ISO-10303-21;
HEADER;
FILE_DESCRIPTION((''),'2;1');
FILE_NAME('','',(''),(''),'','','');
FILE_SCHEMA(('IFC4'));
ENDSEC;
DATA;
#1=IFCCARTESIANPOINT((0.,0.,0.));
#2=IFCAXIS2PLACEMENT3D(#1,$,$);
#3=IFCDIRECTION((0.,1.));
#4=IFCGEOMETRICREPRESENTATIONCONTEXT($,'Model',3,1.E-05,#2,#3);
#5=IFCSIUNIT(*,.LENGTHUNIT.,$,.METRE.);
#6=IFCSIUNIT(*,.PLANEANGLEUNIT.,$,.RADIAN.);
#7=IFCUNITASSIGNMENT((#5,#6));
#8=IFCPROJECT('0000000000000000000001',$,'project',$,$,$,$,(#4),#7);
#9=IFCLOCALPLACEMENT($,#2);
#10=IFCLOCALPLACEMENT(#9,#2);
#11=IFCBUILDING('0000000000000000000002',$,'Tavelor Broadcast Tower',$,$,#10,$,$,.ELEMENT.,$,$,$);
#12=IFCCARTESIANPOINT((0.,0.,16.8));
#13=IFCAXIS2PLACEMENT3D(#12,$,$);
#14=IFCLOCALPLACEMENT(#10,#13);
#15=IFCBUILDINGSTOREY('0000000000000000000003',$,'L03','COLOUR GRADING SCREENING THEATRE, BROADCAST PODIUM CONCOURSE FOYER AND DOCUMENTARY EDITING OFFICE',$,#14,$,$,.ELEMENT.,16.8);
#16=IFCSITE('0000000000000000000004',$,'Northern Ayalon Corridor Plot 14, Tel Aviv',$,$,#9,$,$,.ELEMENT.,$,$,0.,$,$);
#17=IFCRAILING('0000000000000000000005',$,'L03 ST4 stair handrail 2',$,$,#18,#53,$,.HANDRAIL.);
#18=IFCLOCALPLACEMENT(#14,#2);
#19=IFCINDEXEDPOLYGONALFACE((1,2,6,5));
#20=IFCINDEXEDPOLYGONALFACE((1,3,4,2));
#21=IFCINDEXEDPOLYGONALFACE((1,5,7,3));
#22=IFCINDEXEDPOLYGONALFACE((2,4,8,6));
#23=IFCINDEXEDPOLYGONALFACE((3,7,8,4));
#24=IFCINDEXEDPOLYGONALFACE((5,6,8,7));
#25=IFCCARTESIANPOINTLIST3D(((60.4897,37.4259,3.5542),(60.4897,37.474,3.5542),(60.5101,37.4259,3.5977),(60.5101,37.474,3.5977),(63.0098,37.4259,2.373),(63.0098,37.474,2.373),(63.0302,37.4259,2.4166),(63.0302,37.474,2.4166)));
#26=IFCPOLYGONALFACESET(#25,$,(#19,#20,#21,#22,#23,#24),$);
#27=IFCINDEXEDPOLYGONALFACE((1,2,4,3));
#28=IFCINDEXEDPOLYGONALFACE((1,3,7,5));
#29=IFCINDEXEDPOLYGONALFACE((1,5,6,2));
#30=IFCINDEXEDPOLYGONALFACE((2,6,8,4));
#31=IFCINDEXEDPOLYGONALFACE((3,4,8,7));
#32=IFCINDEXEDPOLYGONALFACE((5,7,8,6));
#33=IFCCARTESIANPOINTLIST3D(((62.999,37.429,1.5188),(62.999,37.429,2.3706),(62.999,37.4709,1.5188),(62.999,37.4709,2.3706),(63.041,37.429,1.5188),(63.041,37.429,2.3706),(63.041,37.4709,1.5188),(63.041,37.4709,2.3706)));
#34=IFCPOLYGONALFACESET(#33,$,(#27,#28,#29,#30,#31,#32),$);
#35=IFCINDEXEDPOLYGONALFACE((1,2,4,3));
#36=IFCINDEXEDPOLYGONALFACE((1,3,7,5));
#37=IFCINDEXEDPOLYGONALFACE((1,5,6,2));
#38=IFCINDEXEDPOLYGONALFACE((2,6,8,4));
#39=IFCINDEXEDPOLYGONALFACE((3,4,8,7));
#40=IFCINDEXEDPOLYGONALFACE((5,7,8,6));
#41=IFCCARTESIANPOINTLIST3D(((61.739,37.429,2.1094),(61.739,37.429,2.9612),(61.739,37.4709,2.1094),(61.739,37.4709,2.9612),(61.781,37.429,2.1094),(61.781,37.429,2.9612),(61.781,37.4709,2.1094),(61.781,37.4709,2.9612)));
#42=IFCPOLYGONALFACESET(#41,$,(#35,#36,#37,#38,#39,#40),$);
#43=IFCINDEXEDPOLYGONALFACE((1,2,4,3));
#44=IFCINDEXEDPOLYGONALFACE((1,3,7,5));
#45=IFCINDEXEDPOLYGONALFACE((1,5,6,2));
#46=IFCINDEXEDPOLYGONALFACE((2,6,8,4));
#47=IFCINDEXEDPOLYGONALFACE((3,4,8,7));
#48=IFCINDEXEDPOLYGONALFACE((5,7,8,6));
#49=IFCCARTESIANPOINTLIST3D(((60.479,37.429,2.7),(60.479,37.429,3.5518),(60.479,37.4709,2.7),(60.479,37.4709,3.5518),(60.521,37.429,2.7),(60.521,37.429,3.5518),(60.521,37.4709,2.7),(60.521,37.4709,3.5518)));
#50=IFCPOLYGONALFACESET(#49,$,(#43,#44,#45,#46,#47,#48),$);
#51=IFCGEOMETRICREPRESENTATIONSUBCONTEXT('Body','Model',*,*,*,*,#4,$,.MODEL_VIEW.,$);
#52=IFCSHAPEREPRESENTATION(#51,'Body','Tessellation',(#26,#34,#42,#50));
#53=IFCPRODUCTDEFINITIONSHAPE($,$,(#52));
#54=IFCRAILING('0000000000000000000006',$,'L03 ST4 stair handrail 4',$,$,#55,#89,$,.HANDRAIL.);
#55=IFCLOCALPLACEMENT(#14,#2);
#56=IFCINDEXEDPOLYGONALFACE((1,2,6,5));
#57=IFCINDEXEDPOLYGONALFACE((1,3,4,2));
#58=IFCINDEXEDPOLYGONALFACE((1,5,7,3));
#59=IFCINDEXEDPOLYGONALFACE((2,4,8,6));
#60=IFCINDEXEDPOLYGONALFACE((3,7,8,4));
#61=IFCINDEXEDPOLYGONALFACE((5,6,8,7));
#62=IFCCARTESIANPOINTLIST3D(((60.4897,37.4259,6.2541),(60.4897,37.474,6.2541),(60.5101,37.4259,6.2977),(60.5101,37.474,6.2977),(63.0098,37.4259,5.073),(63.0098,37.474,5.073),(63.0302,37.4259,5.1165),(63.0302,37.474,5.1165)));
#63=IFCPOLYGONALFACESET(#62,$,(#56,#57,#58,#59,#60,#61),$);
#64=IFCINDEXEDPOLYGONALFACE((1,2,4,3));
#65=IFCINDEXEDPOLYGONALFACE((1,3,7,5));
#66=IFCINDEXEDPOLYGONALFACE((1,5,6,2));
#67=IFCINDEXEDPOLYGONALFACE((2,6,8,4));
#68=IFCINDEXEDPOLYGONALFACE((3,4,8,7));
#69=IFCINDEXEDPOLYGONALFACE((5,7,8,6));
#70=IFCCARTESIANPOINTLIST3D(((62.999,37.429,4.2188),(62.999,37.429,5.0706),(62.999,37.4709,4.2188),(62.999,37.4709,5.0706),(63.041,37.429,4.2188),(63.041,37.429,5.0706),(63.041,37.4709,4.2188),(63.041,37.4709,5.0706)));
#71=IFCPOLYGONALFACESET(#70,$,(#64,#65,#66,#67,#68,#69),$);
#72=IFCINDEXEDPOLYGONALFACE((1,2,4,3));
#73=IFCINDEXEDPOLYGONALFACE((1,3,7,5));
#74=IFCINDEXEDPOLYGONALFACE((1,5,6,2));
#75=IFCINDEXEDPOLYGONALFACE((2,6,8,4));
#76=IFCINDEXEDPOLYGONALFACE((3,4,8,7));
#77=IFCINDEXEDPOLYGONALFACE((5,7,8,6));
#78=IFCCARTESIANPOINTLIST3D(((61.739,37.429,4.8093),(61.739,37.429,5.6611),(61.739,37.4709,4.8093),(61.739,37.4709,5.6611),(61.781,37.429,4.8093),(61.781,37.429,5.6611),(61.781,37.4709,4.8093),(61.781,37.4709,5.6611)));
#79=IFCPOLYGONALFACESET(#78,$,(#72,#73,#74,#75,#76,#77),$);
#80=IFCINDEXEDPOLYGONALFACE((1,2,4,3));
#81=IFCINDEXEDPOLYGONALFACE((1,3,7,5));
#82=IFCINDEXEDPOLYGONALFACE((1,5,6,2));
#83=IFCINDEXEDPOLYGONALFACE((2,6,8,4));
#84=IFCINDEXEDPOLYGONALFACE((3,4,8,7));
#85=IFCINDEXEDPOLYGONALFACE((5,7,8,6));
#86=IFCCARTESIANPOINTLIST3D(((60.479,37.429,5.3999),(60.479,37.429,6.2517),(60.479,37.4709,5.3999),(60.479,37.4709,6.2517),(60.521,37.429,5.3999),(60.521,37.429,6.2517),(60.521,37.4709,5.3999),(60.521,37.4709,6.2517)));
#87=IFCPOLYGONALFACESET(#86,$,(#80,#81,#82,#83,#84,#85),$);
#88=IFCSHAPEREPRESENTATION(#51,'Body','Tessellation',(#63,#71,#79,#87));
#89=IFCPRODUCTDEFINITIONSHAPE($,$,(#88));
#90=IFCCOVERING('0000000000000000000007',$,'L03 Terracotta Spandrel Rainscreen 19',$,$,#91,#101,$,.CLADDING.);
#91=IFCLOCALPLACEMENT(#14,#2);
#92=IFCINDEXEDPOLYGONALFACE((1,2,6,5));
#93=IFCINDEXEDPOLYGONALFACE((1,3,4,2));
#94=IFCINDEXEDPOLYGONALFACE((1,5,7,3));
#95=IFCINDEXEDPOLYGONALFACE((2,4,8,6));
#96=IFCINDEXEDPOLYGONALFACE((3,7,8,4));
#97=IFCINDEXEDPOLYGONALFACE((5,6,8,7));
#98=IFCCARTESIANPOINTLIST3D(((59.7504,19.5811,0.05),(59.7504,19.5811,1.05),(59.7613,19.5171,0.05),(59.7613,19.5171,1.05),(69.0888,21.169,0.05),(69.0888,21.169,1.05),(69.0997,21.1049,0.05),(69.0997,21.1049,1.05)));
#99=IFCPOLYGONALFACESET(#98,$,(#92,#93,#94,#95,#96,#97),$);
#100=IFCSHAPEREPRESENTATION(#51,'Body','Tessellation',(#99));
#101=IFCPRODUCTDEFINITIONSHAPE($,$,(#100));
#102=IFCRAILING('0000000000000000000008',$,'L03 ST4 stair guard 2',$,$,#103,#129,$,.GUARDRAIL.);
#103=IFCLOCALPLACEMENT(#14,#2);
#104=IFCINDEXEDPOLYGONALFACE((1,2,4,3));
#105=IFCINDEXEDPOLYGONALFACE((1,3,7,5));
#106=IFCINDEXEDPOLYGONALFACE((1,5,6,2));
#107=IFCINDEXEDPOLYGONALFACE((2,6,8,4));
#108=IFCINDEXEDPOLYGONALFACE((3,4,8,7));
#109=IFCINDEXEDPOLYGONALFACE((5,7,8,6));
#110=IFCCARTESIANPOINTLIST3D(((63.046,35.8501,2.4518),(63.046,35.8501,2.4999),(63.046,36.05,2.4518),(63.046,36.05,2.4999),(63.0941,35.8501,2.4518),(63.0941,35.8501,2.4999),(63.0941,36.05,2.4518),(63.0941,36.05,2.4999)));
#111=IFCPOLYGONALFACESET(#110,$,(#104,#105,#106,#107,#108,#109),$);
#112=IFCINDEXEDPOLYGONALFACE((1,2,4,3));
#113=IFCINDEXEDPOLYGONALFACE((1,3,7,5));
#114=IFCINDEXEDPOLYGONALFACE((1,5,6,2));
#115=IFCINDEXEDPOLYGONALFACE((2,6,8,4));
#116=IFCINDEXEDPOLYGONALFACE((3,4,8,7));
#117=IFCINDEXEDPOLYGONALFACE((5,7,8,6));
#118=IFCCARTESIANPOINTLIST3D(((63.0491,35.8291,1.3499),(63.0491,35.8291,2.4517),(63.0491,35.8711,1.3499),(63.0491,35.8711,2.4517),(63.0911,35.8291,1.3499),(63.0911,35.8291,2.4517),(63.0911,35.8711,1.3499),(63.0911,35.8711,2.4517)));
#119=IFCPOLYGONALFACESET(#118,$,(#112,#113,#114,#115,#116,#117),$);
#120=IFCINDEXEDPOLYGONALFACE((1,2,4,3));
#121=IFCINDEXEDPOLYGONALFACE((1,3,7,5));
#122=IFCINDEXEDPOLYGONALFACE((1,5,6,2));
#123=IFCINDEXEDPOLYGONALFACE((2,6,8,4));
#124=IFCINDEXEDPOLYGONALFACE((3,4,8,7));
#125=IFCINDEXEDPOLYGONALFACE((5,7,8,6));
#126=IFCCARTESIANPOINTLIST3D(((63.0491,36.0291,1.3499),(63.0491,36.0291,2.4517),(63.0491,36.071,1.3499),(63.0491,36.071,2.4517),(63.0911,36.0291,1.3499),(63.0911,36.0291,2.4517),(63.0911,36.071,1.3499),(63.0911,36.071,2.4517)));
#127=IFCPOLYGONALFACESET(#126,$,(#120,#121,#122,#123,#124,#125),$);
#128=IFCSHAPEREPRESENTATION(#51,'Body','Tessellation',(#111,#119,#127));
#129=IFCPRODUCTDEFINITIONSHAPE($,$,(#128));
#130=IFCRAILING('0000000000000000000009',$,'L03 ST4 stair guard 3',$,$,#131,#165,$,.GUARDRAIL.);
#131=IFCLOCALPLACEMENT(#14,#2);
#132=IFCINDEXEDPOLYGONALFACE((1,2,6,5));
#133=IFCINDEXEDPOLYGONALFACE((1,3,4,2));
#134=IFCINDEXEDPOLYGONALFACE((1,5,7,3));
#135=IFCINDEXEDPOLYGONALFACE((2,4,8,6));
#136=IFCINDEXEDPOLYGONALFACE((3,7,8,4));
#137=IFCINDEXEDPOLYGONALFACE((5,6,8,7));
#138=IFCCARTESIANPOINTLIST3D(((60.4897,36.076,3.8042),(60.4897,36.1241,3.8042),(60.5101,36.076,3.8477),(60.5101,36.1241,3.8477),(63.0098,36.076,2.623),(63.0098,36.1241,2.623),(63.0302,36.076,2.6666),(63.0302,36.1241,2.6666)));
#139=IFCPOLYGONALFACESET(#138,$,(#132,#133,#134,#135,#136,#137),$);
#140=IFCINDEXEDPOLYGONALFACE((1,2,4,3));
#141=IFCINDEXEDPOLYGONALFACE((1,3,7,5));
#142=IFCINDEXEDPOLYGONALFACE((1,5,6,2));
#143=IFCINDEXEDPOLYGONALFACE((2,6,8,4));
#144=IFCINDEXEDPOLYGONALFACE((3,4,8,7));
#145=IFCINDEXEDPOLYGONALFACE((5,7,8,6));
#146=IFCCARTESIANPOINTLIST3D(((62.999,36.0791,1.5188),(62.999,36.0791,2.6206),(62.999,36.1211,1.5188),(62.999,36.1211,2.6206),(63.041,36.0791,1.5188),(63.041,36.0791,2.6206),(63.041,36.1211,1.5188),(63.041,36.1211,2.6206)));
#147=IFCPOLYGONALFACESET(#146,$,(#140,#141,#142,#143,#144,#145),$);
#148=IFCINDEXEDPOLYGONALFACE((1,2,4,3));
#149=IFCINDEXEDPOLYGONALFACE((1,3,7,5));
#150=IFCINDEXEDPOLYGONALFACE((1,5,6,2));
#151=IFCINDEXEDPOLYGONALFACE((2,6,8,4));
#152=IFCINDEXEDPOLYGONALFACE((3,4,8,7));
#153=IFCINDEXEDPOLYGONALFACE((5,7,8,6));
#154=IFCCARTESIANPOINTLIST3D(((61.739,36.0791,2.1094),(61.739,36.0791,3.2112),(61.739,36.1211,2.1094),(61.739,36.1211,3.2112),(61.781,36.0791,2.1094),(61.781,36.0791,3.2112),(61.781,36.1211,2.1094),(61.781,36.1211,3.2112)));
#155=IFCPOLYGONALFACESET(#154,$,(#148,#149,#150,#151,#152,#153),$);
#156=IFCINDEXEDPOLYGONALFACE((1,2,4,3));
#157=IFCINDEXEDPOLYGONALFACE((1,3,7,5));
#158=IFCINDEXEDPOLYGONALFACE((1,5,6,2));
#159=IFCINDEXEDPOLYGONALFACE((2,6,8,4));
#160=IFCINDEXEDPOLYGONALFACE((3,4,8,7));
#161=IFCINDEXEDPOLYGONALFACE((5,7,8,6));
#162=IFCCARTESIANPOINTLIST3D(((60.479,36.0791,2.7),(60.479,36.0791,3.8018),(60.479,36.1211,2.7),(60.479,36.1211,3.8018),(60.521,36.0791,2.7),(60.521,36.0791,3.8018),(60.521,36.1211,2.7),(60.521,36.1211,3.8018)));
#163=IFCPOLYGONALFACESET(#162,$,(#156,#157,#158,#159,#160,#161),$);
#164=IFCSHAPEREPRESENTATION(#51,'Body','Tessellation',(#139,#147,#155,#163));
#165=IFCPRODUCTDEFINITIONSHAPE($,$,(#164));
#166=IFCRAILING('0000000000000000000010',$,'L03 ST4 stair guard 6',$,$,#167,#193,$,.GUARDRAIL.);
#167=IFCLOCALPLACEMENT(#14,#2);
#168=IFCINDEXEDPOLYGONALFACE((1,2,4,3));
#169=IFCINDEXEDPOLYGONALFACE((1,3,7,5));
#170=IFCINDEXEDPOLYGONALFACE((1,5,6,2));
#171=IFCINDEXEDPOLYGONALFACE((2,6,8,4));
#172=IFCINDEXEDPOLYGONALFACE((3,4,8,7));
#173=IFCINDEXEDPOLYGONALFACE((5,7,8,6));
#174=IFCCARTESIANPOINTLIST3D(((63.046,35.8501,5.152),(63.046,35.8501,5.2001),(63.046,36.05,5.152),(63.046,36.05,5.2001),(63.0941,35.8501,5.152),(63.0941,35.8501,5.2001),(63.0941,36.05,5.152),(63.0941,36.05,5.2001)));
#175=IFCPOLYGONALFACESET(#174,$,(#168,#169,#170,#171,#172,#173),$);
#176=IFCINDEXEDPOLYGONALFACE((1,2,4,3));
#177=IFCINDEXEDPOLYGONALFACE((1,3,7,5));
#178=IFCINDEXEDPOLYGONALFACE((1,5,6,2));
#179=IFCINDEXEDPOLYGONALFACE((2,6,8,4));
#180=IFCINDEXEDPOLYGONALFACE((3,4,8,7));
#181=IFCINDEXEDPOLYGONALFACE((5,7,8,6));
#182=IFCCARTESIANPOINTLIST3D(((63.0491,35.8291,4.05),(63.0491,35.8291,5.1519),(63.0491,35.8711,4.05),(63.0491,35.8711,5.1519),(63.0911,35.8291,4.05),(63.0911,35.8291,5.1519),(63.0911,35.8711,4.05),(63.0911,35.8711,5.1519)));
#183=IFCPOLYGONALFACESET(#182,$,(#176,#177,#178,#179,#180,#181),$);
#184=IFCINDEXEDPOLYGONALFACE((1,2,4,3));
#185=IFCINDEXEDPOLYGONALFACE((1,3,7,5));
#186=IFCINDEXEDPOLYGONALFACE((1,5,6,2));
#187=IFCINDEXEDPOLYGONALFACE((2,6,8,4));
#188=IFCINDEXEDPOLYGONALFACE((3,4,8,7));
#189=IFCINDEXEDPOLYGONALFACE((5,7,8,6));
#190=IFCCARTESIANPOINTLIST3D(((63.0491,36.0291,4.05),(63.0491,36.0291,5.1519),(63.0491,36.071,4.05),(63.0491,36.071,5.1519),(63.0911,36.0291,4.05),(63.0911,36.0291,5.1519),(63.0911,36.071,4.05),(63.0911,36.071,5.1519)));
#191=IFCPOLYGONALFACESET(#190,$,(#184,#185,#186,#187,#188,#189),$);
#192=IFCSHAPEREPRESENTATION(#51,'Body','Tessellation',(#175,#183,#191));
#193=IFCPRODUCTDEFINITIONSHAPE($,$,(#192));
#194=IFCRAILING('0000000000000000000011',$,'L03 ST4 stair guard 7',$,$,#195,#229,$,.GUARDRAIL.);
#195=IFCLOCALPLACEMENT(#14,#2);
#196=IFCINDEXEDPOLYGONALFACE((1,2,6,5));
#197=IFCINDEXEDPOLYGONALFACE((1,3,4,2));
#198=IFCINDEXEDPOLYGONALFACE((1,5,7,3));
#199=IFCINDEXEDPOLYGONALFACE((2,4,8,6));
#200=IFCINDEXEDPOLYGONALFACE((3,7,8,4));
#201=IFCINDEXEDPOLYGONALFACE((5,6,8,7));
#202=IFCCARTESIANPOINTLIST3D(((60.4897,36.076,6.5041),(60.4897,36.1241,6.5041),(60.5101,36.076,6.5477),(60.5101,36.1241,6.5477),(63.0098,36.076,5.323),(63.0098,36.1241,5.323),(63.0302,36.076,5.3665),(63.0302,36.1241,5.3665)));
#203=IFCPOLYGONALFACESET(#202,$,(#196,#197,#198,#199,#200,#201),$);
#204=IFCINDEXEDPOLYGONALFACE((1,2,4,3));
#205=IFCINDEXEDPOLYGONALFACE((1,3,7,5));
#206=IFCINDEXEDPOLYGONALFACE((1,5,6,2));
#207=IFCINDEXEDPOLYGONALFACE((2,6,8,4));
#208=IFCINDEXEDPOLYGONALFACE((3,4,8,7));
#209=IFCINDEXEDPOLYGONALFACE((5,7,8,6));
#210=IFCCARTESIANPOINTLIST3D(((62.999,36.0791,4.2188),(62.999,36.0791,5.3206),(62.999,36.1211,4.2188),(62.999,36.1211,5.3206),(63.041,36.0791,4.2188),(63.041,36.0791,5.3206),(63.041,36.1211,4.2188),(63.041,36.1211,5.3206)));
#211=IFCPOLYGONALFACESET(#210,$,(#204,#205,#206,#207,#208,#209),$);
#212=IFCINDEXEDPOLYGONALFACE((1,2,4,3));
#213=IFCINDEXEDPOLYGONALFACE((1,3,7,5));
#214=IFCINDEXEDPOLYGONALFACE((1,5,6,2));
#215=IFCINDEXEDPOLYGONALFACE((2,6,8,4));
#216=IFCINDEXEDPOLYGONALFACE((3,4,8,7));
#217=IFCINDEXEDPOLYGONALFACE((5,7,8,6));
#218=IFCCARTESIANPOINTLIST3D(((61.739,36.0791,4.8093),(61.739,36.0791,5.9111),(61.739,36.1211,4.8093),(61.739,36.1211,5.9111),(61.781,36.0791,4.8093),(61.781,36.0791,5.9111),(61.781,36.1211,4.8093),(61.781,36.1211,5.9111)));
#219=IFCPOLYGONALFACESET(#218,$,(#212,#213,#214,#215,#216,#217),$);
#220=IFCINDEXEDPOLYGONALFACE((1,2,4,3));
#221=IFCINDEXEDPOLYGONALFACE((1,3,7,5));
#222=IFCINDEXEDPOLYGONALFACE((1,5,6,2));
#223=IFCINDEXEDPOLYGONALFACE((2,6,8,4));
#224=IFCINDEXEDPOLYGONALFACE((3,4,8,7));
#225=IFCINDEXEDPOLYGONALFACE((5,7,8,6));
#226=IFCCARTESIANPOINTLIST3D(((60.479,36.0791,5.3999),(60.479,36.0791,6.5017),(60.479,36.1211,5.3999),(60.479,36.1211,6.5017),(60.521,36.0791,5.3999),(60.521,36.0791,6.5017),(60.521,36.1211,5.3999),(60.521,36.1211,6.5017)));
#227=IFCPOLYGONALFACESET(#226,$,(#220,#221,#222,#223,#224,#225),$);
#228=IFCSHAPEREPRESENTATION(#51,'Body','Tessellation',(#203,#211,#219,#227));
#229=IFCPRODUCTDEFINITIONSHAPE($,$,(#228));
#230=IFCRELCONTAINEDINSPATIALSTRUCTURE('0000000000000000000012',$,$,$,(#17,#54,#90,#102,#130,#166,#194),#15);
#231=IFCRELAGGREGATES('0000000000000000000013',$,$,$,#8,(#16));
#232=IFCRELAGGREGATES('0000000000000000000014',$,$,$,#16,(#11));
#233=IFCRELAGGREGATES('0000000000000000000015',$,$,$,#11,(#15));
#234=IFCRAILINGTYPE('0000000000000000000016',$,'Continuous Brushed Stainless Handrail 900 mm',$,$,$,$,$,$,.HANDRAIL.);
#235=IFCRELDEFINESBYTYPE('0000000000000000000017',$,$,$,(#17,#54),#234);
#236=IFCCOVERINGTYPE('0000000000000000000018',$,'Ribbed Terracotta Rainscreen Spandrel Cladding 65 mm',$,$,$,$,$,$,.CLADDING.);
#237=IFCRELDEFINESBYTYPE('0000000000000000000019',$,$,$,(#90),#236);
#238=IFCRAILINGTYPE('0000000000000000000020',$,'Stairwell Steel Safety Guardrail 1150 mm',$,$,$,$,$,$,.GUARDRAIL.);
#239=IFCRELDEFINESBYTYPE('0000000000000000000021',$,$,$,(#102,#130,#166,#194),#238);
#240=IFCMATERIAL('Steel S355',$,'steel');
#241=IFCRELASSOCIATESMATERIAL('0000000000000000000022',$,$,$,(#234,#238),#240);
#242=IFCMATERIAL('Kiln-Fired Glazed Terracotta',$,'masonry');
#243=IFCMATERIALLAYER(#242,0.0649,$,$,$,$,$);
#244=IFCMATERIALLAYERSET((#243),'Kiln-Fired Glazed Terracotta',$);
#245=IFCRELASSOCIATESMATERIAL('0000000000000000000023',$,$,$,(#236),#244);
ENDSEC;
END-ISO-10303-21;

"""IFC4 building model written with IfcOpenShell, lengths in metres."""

from ifc_helpers import new_model, si_unit, direction, frame, origin, origin_2d, place, context, subcontext, project, spatial, rectangle, extrude, material, layer, layer_set, type_object, element, save


model = new_model("IFC4")

# Units and contexts
model_context = context("Model", 3, precision=1e-05, world=origin(), true_north=direction((0.0, 1.0)))
body_context = subcontext(model_context, "Body", "Model", "MODEL_VIEW")
ifc_project = project(units=[si_unit("LENGTHUNIT", "METRE"), si_unit("PLANEANGLEUNIT", "RADIAN")], contexts=[model_context])

# Site, building, storey
site_placement = place(None, origin())
site = spatial("IfcSite", under=ifc_project, at=site_placement, Name="Northern Ayalon Corridor Plot 14, Tel Aviv", CompositionType="ELEMENT", RefElevation=0.0)
building_placement = place(site_placement, origin())
building = spatial("IfcBuilding", under=site, at=building_placement, Name="Tavelor Broadcast Tower", CompositionType="ELEMENT")
storey_placement = place(building_placement, frame((0.0, 0.0, 16.8)))
storey = spatial("IfcBuildingStorey", under=building, at=storey_placement, Name="L03", Description="COLOUR GRADING SCREENING THEATRE, BROADCAST PODIUM CONCOURSE FOYER AND DOCUMENTARY EDITING OFFICE", CompositionType="ELEMENT", Elevation=16.8)

# Shared definitions
ifc_material_1 = material(Name="Steel S355", Category="steel")

# Railings
railing_type_1 = type_object("IfcRailingType", Name="Continuous Brushed Stainless Handrail 900 mm", PredefinedType="HANDRAIL", material=ifc_material_1)
for number, where, name in (
    (1, (63.02, 37.45, 1.5188), "L03 ST4 stair handrail 2"),
    (2, (63.02, 37.45, 4.2188), "L03 ST4 stair handrail 4"),
):
    element("IfcRailing", number, at=place(storey_placement, frame(where)), inside=storey, type_object=railing_type_1, Name=name, PredefinedType="HANDRAIL", context=body_context, shape_type="SweptSolid", body=[
        extrude(rectangle(XDim=0.0481, YDim=0.0481, at=origin_2d()), frame((0.0, 0.0, 0.876), z_axis=(-0.905474, 0.0, 0.424402), x_axis=(0.0, -1.0, 0.0)), (0.0, 0.0, 1.0), 2.7832),
        extrude(rectangle(XDim=0.042, YDim=0.042, at=origin_2d()), origin(), (0.0, 0.0, 1.0), 0.8518),
        extrude(rectangle(XDim=0.042, YDim=0.042, at=origin_2d()), frame((-1.26, 0.0, 0.5906)), (0.0, 0.0, 1.0), 0.8518),
        extrude(rectangle(XDim=0.042, YDim=0.042, at=origin_2d()), frame((-2.52, 0.0, 1.1812)), (0.0, 0.0, 1.0), 0.8518),
    ])

# Covering
ifc_material_2 = material(Name="Kiln-Fired Glazed Terracotta", Category="masonry")
ifc_layer_1 = layer(ifc_material_2, 0.0649)
ifc_layer_set_1 = layer_set([ifc_layer_1], Name="Kiln-Fired Glazed Terracotta")
covering_type = type_object("IfcCoveringType", Name="Ribbed Terracotta Rainscreen Spandrel Cladding 65 mm", PredefinedType="CLADDING", material=ifc_layer_set_1)
covering_placement = place(storey_placement, frame((64.425, 20.343, 0.05), z_axis=(0.0, 0.0, 1.0), x_axis=(0.98585, 0.167629, 0.0)))
element("IfcCovering", 3, at=covering_placement, inside=storey, type_object=covering_type, Name="L03 Terracotta Spandrel Rainscreen 19", PredefinedType="CLADDING", context=body_context, shape_type="SweptSolid", body=[
    extrude(rectangle(XDim=9.4724, YDim=0.0649, at=origin_2d()), origin(), (0.0, 0.0, 1.0), 1.0),
])

# Railings
railing_type_2 = type_object("IfcRailingType", Name="Stairwell Steel Safety Guardrail 1150 mm", PredefinedType="GUARDRAIL", material=ifc_material_1)
railing_1_placement = place(storey_placement, frame((63.0701, 35.8501, 1.3499)))
element("IfcRailing", 4, at=railing_1_placement, inside=storey, type_object=railing_type_2, Name="L03 ST4 stair guard 2", PredefinedType="GUARDRAIL", context=body_context, shape_type="SweptSolid", body=[
    extrude(rectangle(XDim=0.0481, YDim=0.0481, at=origin_2d()), frame((0.0, 0.0, 1.126), z_axis=(0.0, 1.0, 0.0), x_axis=(-1.0, 0.0, 0.0)), (0.0, 0.0, 1.0), 0.2),
    extrude(rectangle(XDim=0.042, YDim=0.042, at=origin_2d()), origin(), (0.0, 0.0, 1.0), 1.1018),
    extrude(rectangle(XDim=0.042, YDim=0.042, at=origin_2d()), frame((0.0, 0.2, 0.0)), (0.0, 0.0, 1.0), 1.1018),
])
railing_2_placement = place(storey_placement, frame((63.02, 36.1001, 1.5188)))
element("IfcRailing", 5, at=railing_2_placement, inside=storey, type_object=railing_type_2, Name="L03 ST4 stair guard 3", PredefinedType="GUARDRAIL", context=body_context, shape_type="SweptSolid", body=[
    extrude(rectangle(XDim=0.0481, YDim=0.0481, at=origin_2d()), frame((0.0, 0.0, 1.126), z_axis=(-0.905474, 0.0, 0.424402), x_axis=(0.0, -1.0, 0.0)), (0.0, 0.0, 1.0), 2.7832),
    extrude(rectangle(XDim=0.042, YDim=0.042, at=origin_2d()), origin(), (0.0, 0.0, 1.0), 1.1018),
    extrude(rectangle(XDim=0.042, YDim=0.042, at=origin_2d()), frame((-1.26, 0.0, 0.5906)), (0.0, 0.0, 1.0), 1.1018),
    extrude(rectangle(XDim=0.042, YDim=0.042, at=origin_2d()), frame((-2.52, 0.0, 1.1812)), (0.0, 0.0, 1.0), 1.1018),
])
railing_3_placement = place(storey_placement, frame((63.0701, 35.8501, 4.05)))
element("IfcRailing", 6, at=railing_3_placement, inside=storey, type_object=railing_type_2, Name="L03 ST4 stair guard 6", PredefinedType="GUARDRAIL", context=body_context, shape_type="SweptSolid", body=[
    extrude(rectangle(XDim=0.0481, YDim=0.0481, at=origin_2d()), frame((0.0, 0.0, 1.126), z_axis=(0.0, 1.0, 0.0), x_axis=(-1.0, 0.0, 0.0)), (0.0, 0.0, 1.0), 0.2),
    extrude(rectangle(XDim=0.042, YDim=0.042, at=origin_2d()), origin(), (0.0, 0.0, 1.0), 1.1018),
    extrude(rectangle(XDim=0.042, YDim=0.042, at=origin_2d()), frame((0.0, 0.2, 0.0)), (0.0, 0.0, 1.0), 1.1018),
])
railing_4_placement = place(storey_placement, frame((63.02, 36.1001, 4.2188)))
element("IfcRailing", 7, at=railing_4_placement, inside=storey, type_object=railing_type_2, Name="L03 ST4 stair guard 7", PredefinedType="GUARDRAIL", context=body_context, shape_type="SweptSolid", body=[
    extrude(rectangle(XDim=0.0481, YDim=0.0481, at=origin_2d()), frame((0.0, 0.0, 1.126), z_axis=(-0.905474, 0.0, 0.424402), x_axis=(0.0, -1.0, 0.0)), (0.0, 0.0, 1.0), 2.7832),
    extrude(rectangle(XDim=0.042, YDim=0.042, at=origin_2d()), origin(), (0.0, 0.0, 1.0), 1.1018),
    extrude(rectangle(XDim=0.042, YDim=0.042, at=origin_2d()), frame((-1.26, 0.0, 0.5906)), (0.0, 0.0, 1.0), 1.1018),
    extrude(rectangle(XDim=0.042, YDim=0.042, at=origin_2d()), frame((-2.52, 0.0, 1.1812)), (0.0, 0.0, 1.0), 1.1018),
])

save(model, "model.ifc")
